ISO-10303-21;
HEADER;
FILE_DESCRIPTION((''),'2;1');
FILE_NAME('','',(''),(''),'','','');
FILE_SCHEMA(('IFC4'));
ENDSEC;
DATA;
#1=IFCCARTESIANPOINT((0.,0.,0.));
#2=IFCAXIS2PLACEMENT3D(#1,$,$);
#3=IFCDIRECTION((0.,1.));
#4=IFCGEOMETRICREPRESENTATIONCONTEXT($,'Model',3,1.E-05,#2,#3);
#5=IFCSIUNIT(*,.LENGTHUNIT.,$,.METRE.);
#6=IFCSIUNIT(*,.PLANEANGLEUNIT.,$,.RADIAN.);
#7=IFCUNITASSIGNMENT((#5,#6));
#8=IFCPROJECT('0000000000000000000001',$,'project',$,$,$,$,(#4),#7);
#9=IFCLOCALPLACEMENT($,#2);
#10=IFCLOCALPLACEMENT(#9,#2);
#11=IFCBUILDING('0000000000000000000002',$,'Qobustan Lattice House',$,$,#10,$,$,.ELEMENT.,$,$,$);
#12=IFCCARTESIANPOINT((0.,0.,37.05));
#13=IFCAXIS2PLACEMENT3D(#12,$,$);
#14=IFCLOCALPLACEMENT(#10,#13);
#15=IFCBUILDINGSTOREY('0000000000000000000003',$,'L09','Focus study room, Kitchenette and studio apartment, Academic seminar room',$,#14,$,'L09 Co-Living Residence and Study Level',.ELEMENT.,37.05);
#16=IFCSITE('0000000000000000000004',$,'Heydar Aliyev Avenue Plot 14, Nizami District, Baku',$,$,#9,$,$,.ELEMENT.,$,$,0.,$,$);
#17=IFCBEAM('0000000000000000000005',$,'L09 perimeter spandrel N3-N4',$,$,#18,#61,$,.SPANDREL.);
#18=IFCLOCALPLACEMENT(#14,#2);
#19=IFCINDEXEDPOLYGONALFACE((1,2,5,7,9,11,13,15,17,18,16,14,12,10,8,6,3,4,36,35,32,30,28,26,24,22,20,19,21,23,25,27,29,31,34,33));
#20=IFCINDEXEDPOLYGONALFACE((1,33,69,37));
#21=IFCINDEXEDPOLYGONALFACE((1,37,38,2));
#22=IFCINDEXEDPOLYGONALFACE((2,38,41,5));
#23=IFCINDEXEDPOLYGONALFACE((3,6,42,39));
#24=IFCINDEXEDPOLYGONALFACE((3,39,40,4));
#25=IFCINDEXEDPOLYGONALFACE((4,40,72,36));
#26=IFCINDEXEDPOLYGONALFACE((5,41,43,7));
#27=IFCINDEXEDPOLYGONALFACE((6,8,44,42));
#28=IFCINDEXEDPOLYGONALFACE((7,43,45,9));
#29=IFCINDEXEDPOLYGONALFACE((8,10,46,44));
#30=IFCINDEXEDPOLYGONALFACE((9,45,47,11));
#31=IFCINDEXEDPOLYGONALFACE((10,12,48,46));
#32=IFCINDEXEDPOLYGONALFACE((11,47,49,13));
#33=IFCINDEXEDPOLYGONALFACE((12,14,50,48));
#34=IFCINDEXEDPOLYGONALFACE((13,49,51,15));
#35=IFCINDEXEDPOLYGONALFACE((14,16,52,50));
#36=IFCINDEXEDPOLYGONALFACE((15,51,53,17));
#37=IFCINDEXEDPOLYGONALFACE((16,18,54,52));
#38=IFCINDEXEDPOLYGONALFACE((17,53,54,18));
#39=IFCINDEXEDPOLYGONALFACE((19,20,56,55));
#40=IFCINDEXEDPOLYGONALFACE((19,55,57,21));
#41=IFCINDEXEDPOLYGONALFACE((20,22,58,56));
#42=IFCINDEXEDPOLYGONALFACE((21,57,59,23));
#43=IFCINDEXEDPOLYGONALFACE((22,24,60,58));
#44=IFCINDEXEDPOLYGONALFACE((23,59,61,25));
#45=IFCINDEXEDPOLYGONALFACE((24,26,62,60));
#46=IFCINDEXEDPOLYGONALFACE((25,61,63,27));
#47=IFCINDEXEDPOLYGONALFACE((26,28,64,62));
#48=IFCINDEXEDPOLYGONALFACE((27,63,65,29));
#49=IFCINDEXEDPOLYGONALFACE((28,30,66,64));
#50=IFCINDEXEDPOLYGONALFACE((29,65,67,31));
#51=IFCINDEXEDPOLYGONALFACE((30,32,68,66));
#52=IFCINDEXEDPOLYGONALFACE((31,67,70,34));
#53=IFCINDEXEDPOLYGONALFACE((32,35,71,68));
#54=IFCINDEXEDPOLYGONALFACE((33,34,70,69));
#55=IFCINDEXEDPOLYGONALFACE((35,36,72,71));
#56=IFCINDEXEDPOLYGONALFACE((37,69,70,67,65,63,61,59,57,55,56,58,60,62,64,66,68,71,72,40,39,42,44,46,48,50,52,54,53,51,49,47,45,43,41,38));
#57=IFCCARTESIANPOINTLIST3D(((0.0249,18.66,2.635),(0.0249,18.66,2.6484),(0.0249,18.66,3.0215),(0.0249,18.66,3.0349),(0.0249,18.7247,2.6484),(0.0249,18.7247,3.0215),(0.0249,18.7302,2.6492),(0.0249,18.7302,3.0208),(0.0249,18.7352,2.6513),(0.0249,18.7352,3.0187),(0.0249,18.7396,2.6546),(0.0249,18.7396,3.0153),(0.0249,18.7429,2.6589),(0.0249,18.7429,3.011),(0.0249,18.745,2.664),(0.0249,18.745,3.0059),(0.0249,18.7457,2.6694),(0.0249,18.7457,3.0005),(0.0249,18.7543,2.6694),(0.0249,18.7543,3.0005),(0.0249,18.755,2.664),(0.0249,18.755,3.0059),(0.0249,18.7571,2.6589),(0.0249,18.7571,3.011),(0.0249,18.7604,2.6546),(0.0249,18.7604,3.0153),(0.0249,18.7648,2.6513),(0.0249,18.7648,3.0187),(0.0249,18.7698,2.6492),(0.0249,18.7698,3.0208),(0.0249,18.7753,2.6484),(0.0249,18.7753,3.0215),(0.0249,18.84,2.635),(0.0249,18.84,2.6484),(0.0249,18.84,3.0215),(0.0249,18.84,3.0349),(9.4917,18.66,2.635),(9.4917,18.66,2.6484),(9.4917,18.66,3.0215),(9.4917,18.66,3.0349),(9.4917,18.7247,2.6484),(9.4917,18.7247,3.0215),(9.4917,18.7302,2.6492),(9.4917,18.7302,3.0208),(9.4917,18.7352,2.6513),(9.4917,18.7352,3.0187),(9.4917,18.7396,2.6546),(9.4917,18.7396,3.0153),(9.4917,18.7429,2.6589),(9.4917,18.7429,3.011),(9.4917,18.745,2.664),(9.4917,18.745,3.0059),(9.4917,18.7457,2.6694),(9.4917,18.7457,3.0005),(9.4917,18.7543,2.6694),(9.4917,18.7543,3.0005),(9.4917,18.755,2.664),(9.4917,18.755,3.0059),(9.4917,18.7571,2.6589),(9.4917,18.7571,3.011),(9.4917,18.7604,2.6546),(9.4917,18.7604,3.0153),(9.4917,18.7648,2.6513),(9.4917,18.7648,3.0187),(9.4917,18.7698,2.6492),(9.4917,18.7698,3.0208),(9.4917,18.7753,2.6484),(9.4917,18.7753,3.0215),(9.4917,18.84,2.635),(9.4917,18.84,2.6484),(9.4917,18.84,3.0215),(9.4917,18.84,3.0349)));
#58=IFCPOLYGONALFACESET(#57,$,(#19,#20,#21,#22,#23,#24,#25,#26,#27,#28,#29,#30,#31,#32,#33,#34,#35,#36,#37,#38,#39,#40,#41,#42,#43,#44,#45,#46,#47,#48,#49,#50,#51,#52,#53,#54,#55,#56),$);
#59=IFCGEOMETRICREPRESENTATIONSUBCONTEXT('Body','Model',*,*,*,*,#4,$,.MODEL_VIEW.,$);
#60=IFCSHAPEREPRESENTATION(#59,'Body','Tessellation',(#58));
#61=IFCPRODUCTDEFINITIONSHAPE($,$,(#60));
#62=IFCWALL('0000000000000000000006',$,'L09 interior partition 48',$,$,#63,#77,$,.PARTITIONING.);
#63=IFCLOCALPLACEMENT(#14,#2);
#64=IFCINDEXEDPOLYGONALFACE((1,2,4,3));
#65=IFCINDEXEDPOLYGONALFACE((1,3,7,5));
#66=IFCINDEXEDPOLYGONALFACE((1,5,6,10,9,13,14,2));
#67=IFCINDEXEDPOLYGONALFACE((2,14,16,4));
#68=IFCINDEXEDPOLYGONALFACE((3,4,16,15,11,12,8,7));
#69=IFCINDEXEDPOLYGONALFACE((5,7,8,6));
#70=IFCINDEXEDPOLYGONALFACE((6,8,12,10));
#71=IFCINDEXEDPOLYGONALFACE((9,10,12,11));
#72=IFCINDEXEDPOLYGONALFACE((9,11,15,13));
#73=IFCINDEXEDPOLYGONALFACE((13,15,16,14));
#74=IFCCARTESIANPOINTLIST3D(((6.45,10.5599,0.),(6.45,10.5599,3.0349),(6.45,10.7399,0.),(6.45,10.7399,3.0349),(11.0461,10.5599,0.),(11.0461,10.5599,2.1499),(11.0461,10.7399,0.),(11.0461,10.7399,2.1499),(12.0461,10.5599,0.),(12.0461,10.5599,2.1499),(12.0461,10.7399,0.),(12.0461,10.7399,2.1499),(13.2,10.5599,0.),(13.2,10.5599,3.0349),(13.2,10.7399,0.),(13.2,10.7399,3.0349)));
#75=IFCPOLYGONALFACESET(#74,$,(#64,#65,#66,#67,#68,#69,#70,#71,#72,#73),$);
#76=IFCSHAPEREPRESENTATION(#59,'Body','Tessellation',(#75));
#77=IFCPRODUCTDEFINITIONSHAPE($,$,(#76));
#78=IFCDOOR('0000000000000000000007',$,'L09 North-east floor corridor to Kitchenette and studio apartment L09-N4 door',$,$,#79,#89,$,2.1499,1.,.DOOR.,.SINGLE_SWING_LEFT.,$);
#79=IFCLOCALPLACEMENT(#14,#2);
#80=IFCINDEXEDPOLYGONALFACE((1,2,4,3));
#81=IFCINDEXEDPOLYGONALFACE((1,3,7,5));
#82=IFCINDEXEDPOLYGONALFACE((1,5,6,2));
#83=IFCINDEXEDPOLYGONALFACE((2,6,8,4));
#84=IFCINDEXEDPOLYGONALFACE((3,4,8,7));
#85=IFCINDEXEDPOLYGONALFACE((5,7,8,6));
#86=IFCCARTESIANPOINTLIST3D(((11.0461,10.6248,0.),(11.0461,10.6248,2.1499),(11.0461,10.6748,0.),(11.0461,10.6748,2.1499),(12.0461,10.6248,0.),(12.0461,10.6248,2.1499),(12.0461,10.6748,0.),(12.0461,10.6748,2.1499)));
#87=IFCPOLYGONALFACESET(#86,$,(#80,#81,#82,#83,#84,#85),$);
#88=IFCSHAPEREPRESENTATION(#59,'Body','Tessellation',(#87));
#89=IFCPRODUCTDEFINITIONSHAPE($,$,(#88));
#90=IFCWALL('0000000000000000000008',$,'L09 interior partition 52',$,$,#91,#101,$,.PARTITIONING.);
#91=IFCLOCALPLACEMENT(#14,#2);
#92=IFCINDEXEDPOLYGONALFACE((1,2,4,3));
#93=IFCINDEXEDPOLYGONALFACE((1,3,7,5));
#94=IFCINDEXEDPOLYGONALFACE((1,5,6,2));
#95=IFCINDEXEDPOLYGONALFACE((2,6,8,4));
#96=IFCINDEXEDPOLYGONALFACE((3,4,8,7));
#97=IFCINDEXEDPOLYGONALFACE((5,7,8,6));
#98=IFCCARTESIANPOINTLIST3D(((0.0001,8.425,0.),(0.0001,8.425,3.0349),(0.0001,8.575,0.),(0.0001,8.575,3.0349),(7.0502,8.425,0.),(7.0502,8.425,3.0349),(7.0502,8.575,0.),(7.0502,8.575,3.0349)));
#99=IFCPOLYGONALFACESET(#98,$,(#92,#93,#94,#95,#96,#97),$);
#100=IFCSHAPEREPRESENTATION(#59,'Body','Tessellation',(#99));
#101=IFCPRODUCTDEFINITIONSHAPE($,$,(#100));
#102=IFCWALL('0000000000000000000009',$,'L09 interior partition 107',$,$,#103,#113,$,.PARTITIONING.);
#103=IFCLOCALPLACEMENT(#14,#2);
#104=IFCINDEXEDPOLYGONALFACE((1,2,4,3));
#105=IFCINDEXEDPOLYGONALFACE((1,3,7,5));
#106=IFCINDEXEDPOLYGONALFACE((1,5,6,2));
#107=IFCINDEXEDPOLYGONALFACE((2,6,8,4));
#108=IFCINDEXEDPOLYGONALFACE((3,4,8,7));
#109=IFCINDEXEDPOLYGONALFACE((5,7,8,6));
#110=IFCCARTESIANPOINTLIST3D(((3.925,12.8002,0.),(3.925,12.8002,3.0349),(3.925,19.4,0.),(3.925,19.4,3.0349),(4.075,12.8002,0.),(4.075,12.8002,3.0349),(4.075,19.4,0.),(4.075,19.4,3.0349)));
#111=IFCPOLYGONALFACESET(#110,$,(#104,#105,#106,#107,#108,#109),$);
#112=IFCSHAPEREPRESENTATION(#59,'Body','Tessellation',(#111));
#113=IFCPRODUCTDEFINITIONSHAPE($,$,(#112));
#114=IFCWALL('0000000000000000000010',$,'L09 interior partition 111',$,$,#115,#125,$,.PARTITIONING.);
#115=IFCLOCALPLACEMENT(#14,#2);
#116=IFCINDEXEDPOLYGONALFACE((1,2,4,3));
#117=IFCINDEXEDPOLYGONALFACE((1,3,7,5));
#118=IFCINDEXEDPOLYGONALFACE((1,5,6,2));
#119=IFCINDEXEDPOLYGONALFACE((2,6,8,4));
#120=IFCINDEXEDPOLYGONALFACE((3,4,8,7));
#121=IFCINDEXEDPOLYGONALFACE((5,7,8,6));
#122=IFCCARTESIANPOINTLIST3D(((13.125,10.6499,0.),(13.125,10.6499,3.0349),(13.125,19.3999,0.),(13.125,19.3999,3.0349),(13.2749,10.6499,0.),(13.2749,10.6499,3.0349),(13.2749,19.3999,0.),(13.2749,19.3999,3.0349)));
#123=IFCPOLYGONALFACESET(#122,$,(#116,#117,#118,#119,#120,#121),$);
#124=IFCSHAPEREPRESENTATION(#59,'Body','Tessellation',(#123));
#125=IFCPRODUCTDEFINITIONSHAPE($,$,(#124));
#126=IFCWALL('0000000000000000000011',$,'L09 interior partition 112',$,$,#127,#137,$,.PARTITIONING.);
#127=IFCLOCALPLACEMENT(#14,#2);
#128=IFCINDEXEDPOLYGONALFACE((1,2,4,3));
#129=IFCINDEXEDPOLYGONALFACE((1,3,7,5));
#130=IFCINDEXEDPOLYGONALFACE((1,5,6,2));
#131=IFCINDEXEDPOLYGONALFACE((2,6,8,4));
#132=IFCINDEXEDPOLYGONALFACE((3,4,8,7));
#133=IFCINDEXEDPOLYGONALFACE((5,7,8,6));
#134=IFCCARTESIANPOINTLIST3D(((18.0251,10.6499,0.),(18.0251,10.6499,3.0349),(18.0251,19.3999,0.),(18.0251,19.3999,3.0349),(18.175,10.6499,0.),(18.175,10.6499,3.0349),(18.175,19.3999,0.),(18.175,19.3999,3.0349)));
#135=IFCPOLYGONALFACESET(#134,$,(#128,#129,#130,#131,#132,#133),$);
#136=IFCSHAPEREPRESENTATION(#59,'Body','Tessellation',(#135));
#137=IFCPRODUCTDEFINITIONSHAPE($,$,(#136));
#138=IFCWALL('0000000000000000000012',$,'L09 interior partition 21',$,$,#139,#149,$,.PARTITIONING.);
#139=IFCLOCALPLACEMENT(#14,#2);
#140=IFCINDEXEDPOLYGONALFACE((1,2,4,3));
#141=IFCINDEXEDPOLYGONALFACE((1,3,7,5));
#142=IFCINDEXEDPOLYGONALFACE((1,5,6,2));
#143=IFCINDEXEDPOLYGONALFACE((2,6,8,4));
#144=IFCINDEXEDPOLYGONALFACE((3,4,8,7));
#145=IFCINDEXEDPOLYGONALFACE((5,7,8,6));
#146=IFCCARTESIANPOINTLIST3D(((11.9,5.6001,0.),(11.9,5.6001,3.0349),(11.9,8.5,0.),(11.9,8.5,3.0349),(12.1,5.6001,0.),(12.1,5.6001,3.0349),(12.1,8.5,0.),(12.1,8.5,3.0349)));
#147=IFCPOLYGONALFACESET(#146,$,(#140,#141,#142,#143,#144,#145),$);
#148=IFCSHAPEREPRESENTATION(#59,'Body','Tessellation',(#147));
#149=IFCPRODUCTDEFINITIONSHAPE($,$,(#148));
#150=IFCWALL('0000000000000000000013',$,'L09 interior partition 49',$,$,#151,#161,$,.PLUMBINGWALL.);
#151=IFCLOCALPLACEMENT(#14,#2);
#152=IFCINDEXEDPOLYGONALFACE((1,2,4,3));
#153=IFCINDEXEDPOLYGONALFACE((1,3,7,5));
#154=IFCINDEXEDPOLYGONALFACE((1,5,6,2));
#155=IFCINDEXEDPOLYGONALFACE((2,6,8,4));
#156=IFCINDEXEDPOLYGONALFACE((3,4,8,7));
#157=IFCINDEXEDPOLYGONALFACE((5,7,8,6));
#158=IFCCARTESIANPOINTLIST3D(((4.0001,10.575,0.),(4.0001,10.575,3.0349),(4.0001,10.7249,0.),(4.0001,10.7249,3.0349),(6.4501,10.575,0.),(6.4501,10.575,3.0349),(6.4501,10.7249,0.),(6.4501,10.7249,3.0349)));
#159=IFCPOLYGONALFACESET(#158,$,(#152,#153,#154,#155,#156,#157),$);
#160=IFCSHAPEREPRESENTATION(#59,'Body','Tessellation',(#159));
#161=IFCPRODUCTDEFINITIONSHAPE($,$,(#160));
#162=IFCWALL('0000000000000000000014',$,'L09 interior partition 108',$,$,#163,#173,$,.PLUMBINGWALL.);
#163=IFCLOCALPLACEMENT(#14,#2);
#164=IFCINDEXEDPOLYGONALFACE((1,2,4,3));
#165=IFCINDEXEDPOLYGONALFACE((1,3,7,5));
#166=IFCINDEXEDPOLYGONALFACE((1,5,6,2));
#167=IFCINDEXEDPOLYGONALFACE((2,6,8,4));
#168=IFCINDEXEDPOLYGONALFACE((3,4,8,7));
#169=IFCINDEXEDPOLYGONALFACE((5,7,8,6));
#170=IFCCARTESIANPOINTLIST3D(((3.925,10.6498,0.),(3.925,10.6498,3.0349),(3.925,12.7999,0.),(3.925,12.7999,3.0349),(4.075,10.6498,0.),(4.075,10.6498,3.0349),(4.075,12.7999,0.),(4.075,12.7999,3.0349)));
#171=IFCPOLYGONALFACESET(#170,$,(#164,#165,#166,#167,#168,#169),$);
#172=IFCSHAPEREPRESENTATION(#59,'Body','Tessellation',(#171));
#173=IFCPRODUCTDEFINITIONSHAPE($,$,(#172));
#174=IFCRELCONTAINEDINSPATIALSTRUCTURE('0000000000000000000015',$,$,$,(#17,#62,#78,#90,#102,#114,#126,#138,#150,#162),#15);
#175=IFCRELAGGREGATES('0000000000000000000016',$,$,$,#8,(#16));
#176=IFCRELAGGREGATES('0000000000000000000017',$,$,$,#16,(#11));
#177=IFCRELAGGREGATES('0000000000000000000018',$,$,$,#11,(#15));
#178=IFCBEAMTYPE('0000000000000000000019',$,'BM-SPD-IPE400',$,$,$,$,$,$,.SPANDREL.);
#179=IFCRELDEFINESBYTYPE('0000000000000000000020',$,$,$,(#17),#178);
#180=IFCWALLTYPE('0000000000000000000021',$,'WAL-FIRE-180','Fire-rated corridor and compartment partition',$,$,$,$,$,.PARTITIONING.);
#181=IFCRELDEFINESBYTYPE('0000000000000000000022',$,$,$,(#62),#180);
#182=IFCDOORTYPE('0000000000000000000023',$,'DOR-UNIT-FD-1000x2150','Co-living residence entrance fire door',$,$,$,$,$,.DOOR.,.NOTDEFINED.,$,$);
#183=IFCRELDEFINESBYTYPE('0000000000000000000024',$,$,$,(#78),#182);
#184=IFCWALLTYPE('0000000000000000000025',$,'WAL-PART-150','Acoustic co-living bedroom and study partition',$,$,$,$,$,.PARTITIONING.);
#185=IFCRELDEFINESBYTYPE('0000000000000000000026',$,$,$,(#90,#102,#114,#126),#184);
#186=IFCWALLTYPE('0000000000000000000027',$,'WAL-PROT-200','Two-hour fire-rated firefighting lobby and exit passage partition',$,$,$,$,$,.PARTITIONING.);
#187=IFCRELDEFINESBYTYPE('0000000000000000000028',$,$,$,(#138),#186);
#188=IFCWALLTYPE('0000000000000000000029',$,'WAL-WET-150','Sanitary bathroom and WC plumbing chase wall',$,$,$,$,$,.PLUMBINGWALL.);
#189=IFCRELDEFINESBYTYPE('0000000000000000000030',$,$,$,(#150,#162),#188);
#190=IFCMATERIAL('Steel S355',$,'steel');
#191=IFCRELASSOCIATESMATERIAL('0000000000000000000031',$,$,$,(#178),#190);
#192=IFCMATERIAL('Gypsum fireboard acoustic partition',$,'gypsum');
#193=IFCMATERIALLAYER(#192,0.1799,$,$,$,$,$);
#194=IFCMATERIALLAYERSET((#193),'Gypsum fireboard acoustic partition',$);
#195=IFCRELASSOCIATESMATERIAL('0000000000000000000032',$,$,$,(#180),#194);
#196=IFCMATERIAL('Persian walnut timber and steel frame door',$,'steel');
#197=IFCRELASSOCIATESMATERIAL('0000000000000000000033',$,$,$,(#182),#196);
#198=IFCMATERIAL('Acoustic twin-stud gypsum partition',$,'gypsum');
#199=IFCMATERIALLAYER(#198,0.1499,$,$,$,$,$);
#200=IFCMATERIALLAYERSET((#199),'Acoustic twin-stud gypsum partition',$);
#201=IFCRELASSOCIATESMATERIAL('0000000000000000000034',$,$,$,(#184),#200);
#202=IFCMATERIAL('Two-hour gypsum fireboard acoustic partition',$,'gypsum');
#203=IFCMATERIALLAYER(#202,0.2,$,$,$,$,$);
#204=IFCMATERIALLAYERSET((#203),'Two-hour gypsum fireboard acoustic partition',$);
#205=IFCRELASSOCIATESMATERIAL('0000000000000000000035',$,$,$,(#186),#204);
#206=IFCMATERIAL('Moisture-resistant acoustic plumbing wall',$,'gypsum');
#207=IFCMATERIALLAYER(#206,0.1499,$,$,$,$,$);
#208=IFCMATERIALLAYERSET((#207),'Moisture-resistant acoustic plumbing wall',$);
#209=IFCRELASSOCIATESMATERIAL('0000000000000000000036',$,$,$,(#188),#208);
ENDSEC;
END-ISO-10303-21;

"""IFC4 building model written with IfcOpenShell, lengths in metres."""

from ifc_helpers import new_model, si_unit, direction, frame, frame_2d, origin, origin_2d, place, context, subcontext, project, spatial, rectangle, i_section, extrude, material, layer, layer_set, material_profile, profile_set, type_object, element, fill, save


model = new_model("IFC4")

# Units and contexts
model_context = context("Model", 3, precision=1e-05, world=origin(), true_north=direction((0.0, 1.0)))
body_context = subcontext(model_context, "Body", "Model", "MODEL_VIEW")
ifc_project = project(units=[si_unit("LENGTHUNIT", "METRE"), si_unit("PLANEANGLEUNIT", "RADIAN")], contexts=[model_context])

# Site, building, storey
site_placement = place(None, origin())
site = spatial("IfcSite", under=ifc_project, at=site_placement, Name="Heydar Aliyev Avenue Plot 14, Nizami District, Baku", CompositionType="ELEMENT", RefElevation=0.0)
building_placement = place(site_placement, origin())
building = spatial("IfcBuilding", under=site, at=building_placement, Name="Qobustan Lattice House", CompositionType="ELEMENT")
storey_placement = place(building_placement, frame((0.0, 0.0, 37.05)))
storey = spatial("IfcBuildingStorey", under=building, at=storey_placement, Name="L09", Description="Focus study room, Kitchenette and studio apartment, Academic seminar room", LongName="L09 Co-Living Residence and Study Level", CompositionType="ELEMENT", Elevation=37.05)

# Beam
ifc_material_1 = material(Name="Steel S355", Category="steel")
ifc_material_profile_1 = material_profile(ifc_material_1, i_section(OverallWidth=0.1799, OverallDepth=0.3999, WebThickness=0.0085, FlangeThickness=0.0134, FilletRadius=0.021, at=origin_2d()), Name="IPE400")
ifc_profile_set_1 = profile_set([ifc_material_profile_1], Name="Steel S355")
beam_type_1 = type_object("IfcBeamType", Name="BM-SPD-IPE400", PredefinedType="SPANDREL", material=ifc_profile_set_1)
beam_1_placement = place(storey_placement, frame((9.4917, 18.75, 2.835), z_axis=(-1.0, 0.0, 0.0), x_axis=(0.0, -1.0, 0.0)))
element("IfcBeam", 1, at=beam_1_placement, inside=storey, type_object=beam_type_1, Name="L09 perimeter spandrel N3-N4", PredefinedType="SPANDREL", context=body_context, shape_type="SweptSolid", body=[
    extrude(i_section(OverallWidth=0.1799, OverallDepth=0.3999, WebThickness=0.0085, FlangeThickness=0.0134, FilletRadius=0.021, at=origin_2d()), origin(), (0.0, 0.0, 1.0), 9.4668),
])

# Wall, opening, door
ifc_material_2 = material(Name="Gypsum fireboard acoustic partition", Category="gypsum")
ifc_layer_1 = layer(ifc_material_2, 0.1799)
ifc_layer_set_1 = layer_set([ifc_layer_1], Name="Gypsum fireboard acoustic partition")
wall_type_1 = type_object("IfcWallType", Name="WAL-FIRE-180", Description="Fire-rated corridor and compartment partition", PredefinedType="PARTITIONING", material=ifc_layer_set_1)
ifc_material_3 = material(Name="Persian walnut timber and steel frame door", Category="steel")
door_type_1 = type_object("IfcDoorType", Name="DOR-UNIT-FD-1000x2150", Description="Co-living residence entrance fire door", OperationType="NOTDEFINED", PredefinedType="DOOR", material=ifc_material_3)
wall_1_placement = place(storey_placement, frame((6.45, 10.6499, 0.0), z_axis=(0.0, 0.0, 1.0), x_axis=(1.0, 0.0, 0.0)))
wall_1 = element("IfcWall", 2, at=wall_1_placement, inside=storey, type_object=wall_type_1, Name="L09 interior partition 48", PredefinedType="PARTITIONING", context=body_context, shape_type="SweptSolid", body=[
    extrude(rectangle(XDim=6.75, YDim=0.1799, at=frame_2d((3.375, 0.0))), origin(), (0.0, 0.0, 1.0), 3.0349),
])
opening_1_placement = place(wall_1_placement, frame((4.5962, 0.0, 0.0)))
opening_1 = element("IfcOpeningElement", 3, at=opening_1_placement, cuts=wall_1, PredefinedType="OPENING", context=body_context, shape_type="SweptSolid", body=[
    extrude(rectangle(XDim=1.0, YDim=2.1499, at=frame_2d((0.5, 1.075))), frame((0.0, 0.0999, 0.0), z_axis=(0.0, -1.0, 0.0), x_axis=(1.0, 0.0, 0.0)), (0.0, 0.0, 1.0), 0.2),
])
door_1_placement = place(opening_1_placement, origin())
door_1 = element("IfcDoor", 4, at=door_1_placement, inside=storey, type_object=door_type_1, Name="L09 North-east floor corridor to Kitchenette and studio apartment L09-N4 door", OperationType="SINGLE_SWING_LEFT", OverallHeight=2.1499, OverallWidth=1.0, PredefinedType="DOOR", context=body_context, shape_type="SweptSolid", body=[
    extrude(rectangle(XDim=1.0, YDim=2.1499, at=frame_2d((0.5, 1.075))), frame((0.0, 0.0249, 0.0), z_axis=(0.0, -1.0, 0.0), x_axis=(1.0, 0.0, 0.0)), (0.0, 0.0, 1.0), 0.05),
])
fill(opening_1, door_1)
ifc_material_4 = material(Name="Acoustic twin-stud gypsum partition", Category="gypsum")
ifc_layer_2 = layer(ifc_material_4, 0.1499)
ifc_layer_set_2 = layer_set([ifc_layer_2], Name="Acoustic twin-stud gypsum partition")
wall_type_2 = type_object("IfcWallType", Name="WAL-PART-150", Description="Acoustic co-living bedroom and study partition", PredefinedType="PARTITIONING", material=ifc_layer_set_2)

# Walls
wall_2_placement = place(storey_placement, frame((7.05, 8.5, 0.0), z_axis=(0.0, 0.0, 1.0), x_axis=(-1.0, 0.0, 0.0)))
element("IfcWall", 5, at=wall_2_placement, inside=storey, type_object=wall_type_2, Name="L09 interior partition 52", PredefinedType="PARTITIONING", context=body_context, shape_type="SweptSolid", body=[
    extrude(rectangle(XDim=7.05, YDim=0.1499, at=frame_2d((3.5249, 0.0))), origin(), (0.0, 0.0, 1.0), 3.0349),
])
wall_3_placement = place(storey_placement, frame((4.0, 19.3999, 0.0), z_axis=(0.0, 0.0, 1.0), x_axis=(0.0, -1.0, 0.0)))
element("IfcWall", 6, at=wall_3_placement, inside=storey, type_object=wall_type_2, Name="L09 interior partition 107", PredefinedType="PARTITIONING", context=body_context, shape_type="SweptSolid", body=[
    extrude(rectangle(XDim=6.5999, YDim=0.1499, at=frame_2d((3.2998, 0.0))), origin(), (0.0, 0.0, 1.0), 3.0349),
])
for number, where, z_axis, x_axis, name in (
    (7, (13.2, 19.3999, 0.0), (0.0, 0.0, 1.0), (0.0, -1.0, 0.0), "L09 interior partition 111"),
    (8, (18.1001, 19.3999, 0.0), (0.0, 0.0, 1.0), (0.0, -1.0, 0.0), "L09 interior partition 112"),
):
    element("IfcWall", number, at=place(storey_placement, frame(where, z_axis=z_axis, x_axis=x_axis)), inside=storey, type_object=wall_type_2, Name=name, PredefinedType="PARTITIONING", context=body_context, shape_type="SweptSolid", body=[
        extrude(rectangle(XDim=8.75, YDim=0.1499, at=frame_2d((4.375, 0.0))), origin(), (0.0, 0.0, 1.0), 3.0349),
    ])
ifc_material_5 = material(Name="Two-hour gypsum fireboard acoustic partition", Category="gypsum")
ifc_layer_3 = layer(ifc_material_5, 0.2)
ifc_layer_set_3 = layer_set([ifc_layer_3], Name="Two-hour gypsum fireboard acoustic partition")
wall_type_3 = type_object("IfcWallType", Name="WAL-PROT-200", Description="Two-hour fire-rated firefighting lobby and exit passage partition", PredefinedType="PARTITIONING", material=ifc_layer_set_3)
wall_4_placement = place(storey_placement, frame((12.0, 8.5, 0.0), z_axis=(0.0, 0.0, 1.0), x_axis=(0.0, -1.0, 0.0)))
element("IfcWall", 9, at=wall_4_placement, inside=storey, type_object=wall_type_3, Name="L09 interior partition 21", PredefinedType="PARTITIONING", context=body_context, shape_type="SweptSolid", body=[
    extrude(rectangle(XDim=2.8999, YDim=0.2, at=frame_2d((1.45, 0.0))), origin(), (0.0, 0.0, 1.0), 3.0349),
])
ifc_material_6 = material(Name="Moisture-resistant acoustic plumbing wall", Category="gypsum")
ifc_layer_4 = layer(ifc_material_6, 0.1499)
ifc_layer_set_4 = layer_set([ifc_layer_4], Name="Moisture-resistant acoustic plumbing wall")
wall_type_4 = type_object("IfcWallType", Name="WAL-WET-150", Description="Sanitary bathroom and WC plumbing chase wall", PredefinedType="PLUMBINGWALL", material=ifc_layer_set_4)
wall_5_placement = place(storey_placement, frame((4.0, 10.6499, 0.0), z_axis=(0.0, 0.0, 1.0), x_axis=(1.0, 0.0, 0.0)))
element("IfcWall", 10, at=wall_5_placement, inside=storey, type_object=wall_type_4, Name="L09 interior partition 49", PredefinedType="PLUMBINGWALL", context=body_context, shape_type="SweptSolid", body=[
    extrude(rectangle(XDim=2.45, YDim=0.1499, at=frame_2d((1.2251, 0.0))), origin(), (0.0, 0.0, 1.0), 3.0349),
])
wall_6_placement = place(storey_placement, frame((4.0, 12.8, 0.0), z_axis=(0.0, 0.0, 1.0), x_axis=(0.0, -1.0, 0.0)))
element("IfcWall", 11, at=wall_6_placement, inside=storey, type_object=wall_type_4, Name="L09 interior partition 108", PredefinedType="PLUMBINGWALL", context=body_context, shape_type="SweptSolid", body=[
    extrude(rectangle(XDim=2.1501, YDim=0.1499, at=frame_2d((1.0752, 0.0))), origin(), (0.0, 0.0, 1.0), 3.0349),
])

save(model, "model.ifc")
